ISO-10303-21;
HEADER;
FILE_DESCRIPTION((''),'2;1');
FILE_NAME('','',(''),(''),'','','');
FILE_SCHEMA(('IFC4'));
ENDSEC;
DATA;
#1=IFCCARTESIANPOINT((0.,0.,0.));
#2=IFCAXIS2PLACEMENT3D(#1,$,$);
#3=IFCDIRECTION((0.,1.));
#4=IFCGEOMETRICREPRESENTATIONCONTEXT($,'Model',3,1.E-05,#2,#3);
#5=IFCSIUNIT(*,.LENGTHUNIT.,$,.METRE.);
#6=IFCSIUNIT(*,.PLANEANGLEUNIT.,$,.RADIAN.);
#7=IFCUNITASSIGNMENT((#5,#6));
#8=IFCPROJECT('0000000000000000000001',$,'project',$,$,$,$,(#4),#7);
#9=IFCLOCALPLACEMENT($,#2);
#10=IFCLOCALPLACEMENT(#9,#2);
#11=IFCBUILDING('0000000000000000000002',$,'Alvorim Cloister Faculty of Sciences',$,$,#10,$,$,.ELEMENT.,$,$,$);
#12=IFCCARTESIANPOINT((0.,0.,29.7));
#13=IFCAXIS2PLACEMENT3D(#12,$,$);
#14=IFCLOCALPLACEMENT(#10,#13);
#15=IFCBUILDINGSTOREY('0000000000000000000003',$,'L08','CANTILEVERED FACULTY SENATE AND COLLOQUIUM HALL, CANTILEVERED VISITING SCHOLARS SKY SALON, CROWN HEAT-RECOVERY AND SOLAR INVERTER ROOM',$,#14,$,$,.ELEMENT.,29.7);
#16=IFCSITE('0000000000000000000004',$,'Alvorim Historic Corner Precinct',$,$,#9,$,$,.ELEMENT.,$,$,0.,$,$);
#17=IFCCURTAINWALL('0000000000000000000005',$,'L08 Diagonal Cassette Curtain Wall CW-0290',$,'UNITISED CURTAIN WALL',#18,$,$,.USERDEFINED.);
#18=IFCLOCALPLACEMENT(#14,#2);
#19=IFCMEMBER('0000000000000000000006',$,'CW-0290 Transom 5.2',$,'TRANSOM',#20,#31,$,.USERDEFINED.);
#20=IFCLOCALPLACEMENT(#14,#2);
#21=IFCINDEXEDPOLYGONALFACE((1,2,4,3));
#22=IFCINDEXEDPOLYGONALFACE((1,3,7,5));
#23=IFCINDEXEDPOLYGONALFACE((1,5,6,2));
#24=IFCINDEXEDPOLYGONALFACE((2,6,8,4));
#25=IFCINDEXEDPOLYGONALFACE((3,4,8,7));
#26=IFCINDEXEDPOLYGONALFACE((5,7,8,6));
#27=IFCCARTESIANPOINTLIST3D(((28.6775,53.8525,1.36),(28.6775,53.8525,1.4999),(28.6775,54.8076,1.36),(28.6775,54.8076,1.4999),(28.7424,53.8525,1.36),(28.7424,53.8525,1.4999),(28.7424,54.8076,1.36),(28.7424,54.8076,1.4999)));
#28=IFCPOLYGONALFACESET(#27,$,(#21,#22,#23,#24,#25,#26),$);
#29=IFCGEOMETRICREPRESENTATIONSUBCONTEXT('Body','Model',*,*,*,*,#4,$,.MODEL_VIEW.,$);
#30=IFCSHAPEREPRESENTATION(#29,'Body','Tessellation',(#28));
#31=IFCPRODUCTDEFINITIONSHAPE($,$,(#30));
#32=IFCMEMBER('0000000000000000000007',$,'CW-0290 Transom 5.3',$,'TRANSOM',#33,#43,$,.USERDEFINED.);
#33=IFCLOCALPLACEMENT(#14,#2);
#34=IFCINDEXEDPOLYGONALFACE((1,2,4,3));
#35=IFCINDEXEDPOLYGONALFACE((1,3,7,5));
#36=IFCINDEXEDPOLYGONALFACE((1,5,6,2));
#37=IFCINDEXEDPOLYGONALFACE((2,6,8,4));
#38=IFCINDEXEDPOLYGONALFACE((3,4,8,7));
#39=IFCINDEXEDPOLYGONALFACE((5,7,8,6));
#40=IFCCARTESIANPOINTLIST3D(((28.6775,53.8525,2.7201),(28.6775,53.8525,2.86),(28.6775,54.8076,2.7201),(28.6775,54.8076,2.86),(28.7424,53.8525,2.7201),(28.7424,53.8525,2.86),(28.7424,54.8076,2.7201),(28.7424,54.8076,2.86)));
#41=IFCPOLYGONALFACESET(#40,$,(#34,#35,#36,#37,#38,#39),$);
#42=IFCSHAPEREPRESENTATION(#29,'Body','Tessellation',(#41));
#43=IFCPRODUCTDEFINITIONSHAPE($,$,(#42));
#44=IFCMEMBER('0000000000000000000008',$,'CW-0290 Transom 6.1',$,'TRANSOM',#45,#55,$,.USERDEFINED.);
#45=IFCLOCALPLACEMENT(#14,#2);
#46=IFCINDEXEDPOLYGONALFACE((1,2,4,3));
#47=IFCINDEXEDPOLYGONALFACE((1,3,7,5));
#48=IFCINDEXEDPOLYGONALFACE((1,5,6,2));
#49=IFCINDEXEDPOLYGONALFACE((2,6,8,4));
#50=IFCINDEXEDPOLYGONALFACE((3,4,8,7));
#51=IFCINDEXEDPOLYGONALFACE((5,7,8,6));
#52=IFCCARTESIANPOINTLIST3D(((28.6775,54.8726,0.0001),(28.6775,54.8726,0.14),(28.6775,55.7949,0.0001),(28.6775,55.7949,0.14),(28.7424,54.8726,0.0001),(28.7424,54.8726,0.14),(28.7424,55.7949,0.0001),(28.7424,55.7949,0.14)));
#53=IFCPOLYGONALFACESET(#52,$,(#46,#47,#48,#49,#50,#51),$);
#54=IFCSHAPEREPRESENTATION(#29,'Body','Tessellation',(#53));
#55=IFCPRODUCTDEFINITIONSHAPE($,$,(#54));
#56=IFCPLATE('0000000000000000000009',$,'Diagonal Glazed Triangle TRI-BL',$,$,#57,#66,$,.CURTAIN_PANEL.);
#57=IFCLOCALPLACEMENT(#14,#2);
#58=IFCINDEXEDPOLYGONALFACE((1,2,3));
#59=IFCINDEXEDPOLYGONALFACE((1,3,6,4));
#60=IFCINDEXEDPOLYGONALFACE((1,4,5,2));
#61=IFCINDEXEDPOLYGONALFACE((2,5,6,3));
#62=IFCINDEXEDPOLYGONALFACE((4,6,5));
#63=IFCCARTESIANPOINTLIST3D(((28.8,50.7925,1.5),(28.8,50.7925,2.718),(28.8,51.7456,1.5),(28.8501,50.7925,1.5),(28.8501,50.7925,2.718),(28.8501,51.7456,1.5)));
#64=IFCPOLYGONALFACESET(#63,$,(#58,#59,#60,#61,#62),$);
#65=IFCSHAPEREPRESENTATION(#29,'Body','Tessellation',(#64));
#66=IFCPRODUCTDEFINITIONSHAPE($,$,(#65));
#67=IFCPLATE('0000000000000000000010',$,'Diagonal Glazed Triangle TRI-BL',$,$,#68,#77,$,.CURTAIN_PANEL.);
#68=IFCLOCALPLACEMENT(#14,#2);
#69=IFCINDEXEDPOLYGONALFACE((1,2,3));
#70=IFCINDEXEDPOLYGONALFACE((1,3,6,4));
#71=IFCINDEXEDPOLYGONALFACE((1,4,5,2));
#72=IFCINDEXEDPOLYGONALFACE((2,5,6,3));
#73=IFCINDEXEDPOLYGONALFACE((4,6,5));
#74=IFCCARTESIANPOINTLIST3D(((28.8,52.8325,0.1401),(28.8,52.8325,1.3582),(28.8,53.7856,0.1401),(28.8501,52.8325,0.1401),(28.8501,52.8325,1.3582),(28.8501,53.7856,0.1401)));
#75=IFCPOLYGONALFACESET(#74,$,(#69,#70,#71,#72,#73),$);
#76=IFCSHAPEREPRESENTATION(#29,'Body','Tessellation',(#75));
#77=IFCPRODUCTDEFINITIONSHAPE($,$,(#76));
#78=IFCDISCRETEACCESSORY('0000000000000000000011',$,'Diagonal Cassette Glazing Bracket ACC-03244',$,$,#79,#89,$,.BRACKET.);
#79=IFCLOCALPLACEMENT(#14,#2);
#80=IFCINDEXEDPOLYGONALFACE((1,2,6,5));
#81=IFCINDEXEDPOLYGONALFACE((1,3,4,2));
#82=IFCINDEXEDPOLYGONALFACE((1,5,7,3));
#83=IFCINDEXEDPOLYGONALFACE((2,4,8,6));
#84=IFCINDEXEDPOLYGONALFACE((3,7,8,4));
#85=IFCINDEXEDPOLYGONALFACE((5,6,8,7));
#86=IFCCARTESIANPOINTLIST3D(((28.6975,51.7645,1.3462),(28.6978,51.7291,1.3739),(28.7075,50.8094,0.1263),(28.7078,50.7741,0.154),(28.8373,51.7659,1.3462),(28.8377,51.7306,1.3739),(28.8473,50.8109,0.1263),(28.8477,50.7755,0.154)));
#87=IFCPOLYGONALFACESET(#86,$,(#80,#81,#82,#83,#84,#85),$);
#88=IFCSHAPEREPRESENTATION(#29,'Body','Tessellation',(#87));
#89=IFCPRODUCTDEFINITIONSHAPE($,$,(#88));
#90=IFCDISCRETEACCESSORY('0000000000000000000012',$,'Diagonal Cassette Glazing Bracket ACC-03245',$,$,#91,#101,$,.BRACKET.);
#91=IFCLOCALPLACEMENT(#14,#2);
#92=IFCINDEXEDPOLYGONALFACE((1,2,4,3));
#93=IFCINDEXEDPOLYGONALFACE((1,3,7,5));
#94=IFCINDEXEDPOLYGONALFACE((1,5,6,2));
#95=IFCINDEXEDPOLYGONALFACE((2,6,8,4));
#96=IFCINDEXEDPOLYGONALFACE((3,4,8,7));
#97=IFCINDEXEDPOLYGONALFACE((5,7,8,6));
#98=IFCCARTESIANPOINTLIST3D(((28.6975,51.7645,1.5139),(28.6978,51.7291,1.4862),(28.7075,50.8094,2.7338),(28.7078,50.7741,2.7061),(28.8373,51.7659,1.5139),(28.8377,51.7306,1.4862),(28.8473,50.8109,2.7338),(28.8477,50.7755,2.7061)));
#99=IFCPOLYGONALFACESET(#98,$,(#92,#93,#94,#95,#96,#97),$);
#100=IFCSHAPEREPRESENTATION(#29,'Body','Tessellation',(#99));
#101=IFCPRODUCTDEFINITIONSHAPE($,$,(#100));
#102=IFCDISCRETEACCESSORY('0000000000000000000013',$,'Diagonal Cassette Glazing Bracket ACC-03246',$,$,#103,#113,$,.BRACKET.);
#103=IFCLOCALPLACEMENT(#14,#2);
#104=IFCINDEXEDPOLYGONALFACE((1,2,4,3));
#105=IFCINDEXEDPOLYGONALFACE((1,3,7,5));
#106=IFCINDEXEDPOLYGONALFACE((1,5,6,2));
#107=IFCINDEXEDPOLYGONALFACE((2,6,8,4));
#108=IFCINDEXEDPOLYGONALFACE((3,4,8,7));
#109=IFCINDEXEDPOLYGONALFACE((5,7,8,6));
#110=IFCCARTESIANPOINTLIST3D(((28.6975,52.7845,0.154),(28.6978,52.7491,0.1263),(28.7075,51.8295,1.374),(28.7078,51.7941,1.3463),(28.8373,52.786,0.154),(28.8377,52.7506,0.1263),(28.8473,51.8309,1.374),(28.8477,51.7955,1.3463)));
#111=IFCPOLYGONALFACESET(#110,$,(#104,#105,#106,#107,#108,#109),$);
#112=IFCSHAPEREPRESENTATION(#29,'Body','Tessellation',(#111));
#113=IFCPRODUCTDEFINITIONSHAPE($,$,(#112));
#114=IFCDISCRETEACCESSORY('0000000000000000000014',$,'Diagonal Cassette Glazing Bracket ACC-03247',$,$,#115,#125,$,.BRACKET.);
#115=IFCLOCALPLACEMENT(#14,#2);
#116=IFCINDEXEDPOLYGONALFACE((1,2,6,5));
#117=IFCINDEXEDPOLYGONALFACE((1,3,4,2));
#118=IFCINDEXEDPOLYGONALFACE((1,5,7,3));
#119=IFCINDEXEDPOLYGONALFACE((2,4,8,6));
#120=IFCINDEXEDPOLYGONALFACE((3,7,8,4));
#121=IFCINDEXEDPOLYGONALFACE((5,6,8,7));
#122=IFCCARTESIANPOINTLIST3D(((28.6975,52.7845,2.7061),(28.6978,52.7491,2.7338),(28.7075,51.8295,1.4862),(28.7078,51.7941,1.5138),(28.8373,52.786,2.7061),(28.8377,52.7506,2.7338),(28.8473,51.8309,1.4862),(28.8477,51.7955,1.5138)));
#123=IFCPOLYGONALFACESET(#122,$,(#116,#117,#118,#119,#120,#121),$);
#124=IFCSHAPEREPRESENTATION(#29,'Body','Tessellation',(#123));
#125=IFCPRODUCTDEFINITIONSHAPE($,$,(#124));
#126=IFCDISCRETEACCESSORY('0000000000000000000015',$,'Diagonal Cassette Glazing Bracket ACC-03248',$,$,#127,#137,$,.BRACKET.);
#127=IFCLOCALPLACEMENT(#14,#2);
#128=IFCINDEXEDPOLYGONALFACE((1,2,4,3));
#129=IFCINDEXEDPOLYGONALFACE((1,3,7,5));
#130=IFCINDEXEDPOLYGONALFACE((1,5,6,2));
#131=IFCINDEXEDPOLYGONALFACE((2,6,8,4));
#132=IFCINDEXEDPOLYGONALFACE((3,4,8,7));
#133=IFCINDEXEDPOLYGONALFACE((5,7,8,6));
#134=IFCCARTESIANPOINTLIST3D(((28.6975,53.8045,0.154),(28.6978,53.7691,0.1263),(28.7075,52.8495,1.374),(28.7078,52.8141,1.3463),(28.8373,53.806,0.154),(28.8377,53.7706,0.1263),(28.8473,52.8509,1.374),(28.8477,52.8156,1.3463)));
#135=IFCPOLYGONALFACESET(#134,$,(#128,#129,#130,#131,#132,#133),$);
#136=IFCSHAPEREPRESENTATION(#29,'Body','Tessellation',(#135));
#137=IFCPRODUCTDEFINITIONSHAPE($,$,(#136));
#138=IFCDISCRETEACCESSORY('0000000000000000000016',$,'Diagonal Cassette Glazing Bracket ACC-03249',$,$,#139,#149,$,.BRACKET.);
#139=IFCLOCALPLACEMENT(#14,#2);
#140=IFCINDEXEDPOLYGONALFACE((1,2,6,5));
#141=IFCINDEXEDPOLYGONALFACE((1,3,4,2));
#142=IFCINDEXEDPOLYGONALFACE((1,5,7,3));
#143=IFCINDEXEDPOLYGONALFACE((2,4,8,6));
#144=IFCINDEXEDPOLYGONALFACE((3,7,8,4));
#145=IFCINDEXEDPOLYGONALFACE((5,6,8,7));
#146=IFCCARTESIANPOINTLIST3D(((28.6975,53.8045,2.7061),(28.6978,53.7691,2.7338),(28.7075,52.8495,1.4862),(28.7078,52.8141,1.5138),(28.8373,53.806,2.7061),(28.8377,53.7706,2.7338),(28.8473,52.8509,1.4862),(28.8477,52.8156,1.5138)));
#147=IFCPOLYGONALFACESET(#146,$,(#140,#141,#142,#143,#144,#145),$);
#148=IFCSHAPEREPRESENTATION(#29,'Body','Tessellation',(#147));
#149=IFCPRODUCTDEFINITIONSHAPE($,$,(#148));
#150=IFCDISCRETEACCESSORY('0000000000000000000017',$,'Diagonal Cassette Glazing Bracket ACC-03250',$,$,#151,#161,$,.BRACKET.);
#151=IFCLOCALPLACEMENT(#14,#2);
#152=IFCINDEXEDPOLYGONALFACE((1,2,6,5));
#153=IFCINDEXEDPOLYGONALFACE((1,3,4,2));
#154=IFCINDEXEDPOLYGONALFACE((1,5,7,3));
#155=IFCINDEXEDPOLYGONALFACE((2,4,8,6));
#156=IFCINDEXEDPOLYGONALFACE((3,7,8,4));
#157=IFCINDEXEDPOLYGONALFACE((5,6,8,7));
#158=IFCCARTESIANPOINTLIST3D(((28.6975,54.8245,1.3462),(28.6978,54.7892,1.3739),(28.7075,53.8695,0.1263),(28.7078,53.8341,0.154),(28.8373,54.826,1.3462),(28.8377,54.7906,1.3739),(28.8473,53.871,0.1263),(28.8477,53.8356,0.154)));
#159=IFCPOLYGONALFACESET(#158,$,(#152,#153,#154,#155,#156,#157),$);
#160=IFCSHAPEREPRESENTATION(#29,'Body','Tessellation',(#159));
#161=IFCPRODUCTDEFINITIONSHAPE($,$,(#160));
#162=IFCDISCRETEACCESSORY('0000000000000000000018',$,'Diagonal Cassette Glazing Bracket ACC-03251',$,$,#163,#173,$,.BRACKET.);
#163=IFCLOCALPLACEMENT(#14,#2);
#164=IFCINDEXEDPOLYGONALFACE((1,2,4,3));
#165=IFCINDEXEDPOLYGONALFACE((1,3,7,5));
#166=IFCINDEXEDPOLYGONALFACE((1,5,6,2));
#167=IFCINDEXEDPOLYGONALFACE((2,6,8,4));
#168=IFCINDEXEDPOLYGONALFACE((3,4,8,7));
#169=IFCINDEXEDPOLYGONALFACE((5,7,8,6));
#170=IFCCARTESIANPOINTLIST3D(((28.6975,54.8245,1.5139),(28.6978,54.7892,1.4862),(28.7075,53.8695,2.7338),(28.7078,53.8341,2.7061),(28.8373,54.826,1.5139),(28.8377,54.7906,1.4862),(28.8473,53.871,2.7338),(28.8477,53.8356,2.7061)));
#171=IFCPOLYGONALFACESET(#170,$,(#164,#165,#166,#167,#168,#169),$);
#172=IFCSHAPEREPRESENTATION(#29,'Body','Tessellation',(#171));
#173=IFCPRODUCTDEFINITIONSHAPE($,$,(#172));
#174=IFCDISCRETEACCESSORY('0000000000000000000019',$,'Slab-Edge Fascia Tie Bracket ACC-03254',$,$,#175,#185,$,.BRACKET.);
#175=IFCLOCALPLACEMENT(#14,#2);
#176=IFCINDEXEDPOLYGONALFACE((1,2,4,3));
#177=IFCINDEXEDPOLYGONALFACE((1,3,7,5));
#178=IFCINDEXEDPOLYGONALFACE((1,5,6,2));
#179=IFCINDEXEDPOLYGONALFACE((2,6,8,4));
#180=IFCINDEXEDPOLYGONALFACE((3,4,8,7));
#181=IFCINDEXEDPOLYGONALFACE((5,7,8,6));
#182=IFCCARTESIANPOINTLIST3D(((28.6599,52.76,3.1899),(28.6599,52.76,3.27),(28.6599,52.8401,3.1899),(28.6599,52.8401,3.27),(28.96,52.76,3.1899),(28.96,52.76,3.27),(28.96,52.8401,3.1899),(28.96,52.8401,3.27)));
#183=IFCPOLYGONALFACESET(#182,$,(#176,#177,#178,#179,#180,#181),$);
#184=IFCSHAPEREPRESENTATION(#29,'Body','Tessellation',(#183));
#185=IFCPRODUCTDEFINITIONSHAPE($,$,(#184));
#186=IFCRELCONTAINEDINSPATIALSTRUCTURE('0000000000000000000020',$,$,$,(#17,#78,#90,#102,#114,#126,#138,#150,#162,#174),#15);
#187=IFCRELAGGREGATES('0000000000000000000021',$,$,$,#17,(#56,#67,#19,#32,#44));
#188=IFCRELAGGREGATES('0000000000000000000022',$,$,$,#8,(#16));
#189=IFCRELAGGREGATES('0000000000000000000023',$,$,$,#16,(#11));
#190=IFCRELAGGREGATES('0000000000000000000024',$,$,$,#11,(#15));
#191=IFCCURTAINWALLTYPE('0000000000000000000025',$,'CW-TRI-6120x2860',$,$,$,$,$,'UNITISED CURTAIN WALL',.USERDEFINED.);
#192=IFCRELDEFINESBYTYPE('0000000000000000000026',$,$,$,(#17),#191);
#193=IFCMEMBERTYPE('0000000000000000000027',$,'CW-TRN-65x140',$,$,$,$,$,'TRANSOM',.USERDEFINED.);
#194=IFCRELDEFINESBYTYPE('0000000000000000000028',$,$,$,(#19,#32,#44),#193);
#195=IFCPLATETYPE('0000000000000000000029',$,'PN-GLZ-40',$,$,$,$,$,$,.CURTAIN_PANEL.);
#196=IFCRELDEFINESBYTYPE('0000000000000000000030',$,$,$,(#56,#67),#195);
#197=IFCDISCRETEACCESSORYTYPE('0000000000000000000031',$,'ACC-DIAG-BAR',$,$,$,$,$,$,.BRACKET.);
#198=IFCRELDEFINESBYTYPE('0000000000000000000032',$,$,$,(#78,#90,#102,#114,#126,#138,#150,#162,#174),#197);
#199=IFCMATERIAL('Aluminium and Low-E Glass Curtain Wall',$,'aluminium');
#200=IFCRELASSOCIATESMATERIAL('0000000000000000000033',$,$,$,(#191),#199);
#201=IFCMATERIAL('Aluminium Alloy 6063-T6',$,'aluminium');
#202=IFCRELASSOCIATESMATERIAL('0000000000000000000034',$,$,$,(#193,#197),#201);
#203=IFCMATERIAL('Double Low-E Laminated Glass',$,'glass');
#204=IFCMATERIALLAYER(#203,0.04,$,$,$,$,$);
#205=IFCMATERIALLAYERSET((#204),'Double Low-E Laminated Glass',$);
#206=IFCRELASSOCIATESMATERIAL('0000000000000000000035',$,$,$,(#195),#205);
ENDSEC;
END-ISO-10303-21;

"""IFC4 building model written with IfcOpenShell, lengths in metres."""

from ifc_helpers import new_model, si_unit, direction, frame, origin, origin_2d, place, context, subcontext, project, spatial, polyline, rectangle, outline, extrude, material, layer, layer_set, material_profile, profile_set, type_object, element, aggregate, save


model = new_model("IFC4")

# Units and contexts
model_context = context("Model", 3, precision=1e-05, world=origin(), true_north=direction((0.0, 1.0)))
body_context = subcontext(model_context, "Body", "Model", "MODEL_VIEW")
ifc_project = project(units=[si_unit("LENGTHUNIT", "METRE"), si_unit("PLANEANGLEUNIT", "RADIAN")], contexts=[model_context])

# Site, building, storey
site_placement = place(None, origin())
site = spatial("IfcSite", under=ifc_project, at=site_placement, Name="Alvorim Historic Corner Precinct", CompositionType="ELEMENT", RefElevation=0.0)
building_placement = place(site_placement, origin())
building = spatial("IfcBuilding", under=site, at=building_placement, Name="Alvorim Cloister Faculty of Sciences", CompositionType="ELEMENT")
storey_placement = place(building_placement, frame((0.0, 0.0, 29.7)))
storey = spatial("IfcBuildingStorey", under=building, at=storey_placement, Name="L08", Description="CANTILEVERED FACULTY SENATE AND COLLOQUIUM HALL, CANTILEVERED VISITING SCHOLARS SKY SALON, CROWN HEAT-RECOVERY AND SOLAR INVERTER ROOM", CompositionType="ELEMENT", Elevation=29.7)

# Curtain wall, members, plates
ifc_material_1 = material(Name="Aluminium and Low-E Glass Curtain Wall", Category="aluminium")
curtain_wall_type = type_object("IfcCurtainWallType", Name="CW-TRI-6120x2860", ElementType="UNITISED CURTAIN WALL", PredefinedType="USERDEFINED", material=ifc_material_1)
curtain_wall_placement = place(storey_placement, origin())
curtain_wall = element("IfcCurtainWall", 1, at=curtain_wall_placement, inside=storey, type_object=curtain_wall_type, Name="L08 Diagonal Cassette Curtain Wall CW-0290", ObjectType="UNITISED CURTAIN WALL", PredefinedType="USERDEFINED")
ifc_material_2 = material(Name="Aluminium Alloy 6063-T6", Category="aluminium")
ifc_material_profile_1 = material_profile(ifc_material_2, rectangle(XDim=0.0649, YDim=0.1399, at=origin_2d()), Name="ALU-TRN-65x140")
ifc_profile_set_1 = profile_set([ifc_material_profile_1], Name="Aluminium Alloy 6063-T6")
member_type_1 = type_object("IfcMemberType", Name="CW-TRN-65x140", ElementType="TRANSOM", PredefinedType="USERDEFINED", material=ifc_profile_set_1)
member_1_placement = place(storey_placement, frame((28.71, 53.8525, 1.4299), z_axis=(0.0, 1.0, 0.0), x_axis=(-1.0, 0.0, 0.0)))
member_1 = element("IfcMember", 2, at=member_1_placement, type_object=member_type_1, Name="CW-0290 Transom 5.2", ObjectType="TRANSOM", PredefinedType="USERDEFINED", context=body_context, shape_type="SweptSolid", body=[
    extrude(rectangle(XDim=0.0649, YDim=0.1399, at=origin_2d()), origin(), (0.0, 0.0, 1.0), 0.9551),
])
member_2_placement = place(storey_placement, frame((28.71, 53.8525, 2.79), z_axis=(0.0, 1.0, 0.0), x_axis=(-1.0, 0.0, 0.0)))
member_2 = element("IfcMember", 3, at=member_2_placement, type_object=member_type_1, Name="CW-0290 Transom 5.3", ObjectType="TRANSOM", PredefinedType="USERDEFINED", context=body_context, shape_type="SweptSolid", body=[
    extrude(rectangle(XDim=0.0649, YDim=0.1399, at=origin_2d()), origin(), (0.0, 0.0, 1.0), 0.9551),
])
member_3_placement = place(storey_placement, frame((28.71, 54.8726, 0.0701), z_axis=(0.0, 1.0, 0.0), x_axis=(-1.0, 0.0, 0.0)))
member_3 = element("IfcMember", 4, at=member_3_placement, type_object=member_type_1, Name="CW-0290 Transom 6.1", ObjectType="TRANSOM", PredefinedType="USERDEFINED", context=body_context, shape_type="SweptSolid", body=[
    extrude(rectangle(XDim=0.0649, YDim=0.1399, at=origin_2d()), origin(), (0.0, 0.0, 1.0), 0.9224),
])
ifc_material_3 = material(Name="Double Low-E Laminated Glass", Category="glass")
ifc_layer = layer(ifc_material_3, 0.04)
ifc_layer_set = layer_set([ifc_layer], Name="Double Low-E Laminated Glass")
plate_type = type_object("IfcPlateType", Name="PN-GLZ-40", PredefinedType="CURTAIN_PANEL", material=ifc_layer_set)
plate_1_placement = place(storey_placement, frame((28.825, 50.7925, 1.5), z_axis=(0.0, 0.0, 1.0), x_axis=(0.0, 1.0, 0.0)))
plate_1 = element("IfcPlate", 5, at=plate_1_placement, type_object=plate_type, Name="Diagonal Glazed Triangle TRI-BL", PredefinedType="CURTAIN_PANEL", context=body_context, shape_type="SweptSolid", body=[
    extrude(outline(polyline([(0.0, 0.0), (0.9531, 0.0), (0.0, 1.218), (0.0, 0.0)])), frame((0.0, 0.0249, 0.0), z_axis=(0.0, -1.0, 0.0), x_axis=(1.0, 0.0, 0.0)), (0.0, 0.0, 1.0), 0.05),
])
plate_2_placement = place(storey_placement, frame((28.825, 52.8325, 0.1401), z_axis=(0.0, 0.0, 1.0), x_axis=(0.0, 1.0, 0.0)))
plate_2 = element("IfcPlate", 6, at=plate_2_placement, type_object=plate_type, Name="Diagonal Glazed Triangle TRI-BL", PredefinedType="CURTAIN_PANEL", context=body_context, shape_type="SweptSolid", body=[
    extrude(outline(polyline([(0.0, 0.0), (0.9531, 0.0), (0.0, 1.218), (0.0, 0.0)])), frame((0.0, 0.0249, 0.0), z_axis=(0.0, -1.0, 0.0), x_axis=(1.0, 0.0, 0.0)), (0.0, 0.0, 1.0), 0.05),
])
aggregate(curtain_wall, [plate_1, plate_2, member_1, member_2, member_3])

# Discrete accessories
discrete_accessory_type = type_object("IfcDiscreteAccessoryType", Name="ACC-DIAG-BAR", PredefinedType="BRACKET", material=ifc_material_2)
for number, where, z_axis, x_axis, name in (
    (7, (28.7776, 50.7925, 0.1401), (-0.00646, 0.616423, 0.787389), (-0.999945, -0.01048, 0.0), "Diagonal Cassette Glazing Bracket ACC-03244"),
    (8, (28.7776, 50.7925, 2.72), (-0.00646, 0.616423, -0.787389), (-0.999945, -0.01048, 0.0), "Diagonal Cassette Glazing Bracket ACC-03245"),
    (9, (28.7776, 51.8125, 1.3601), (-0.00646, 0.616423, -0.787389), (-0.999945, -0.01048, 0.0), "Diagonal Cassette Glazing Bracket ACC-03246"),
    (10, (28.7776, 51.8125, 1.5), (-0.00646, 0.616423, 0.787389), (-0.999945, -0.01048, 0.0), "Diagonal Cassette Glazing Bracket ACC-03247"),
    (11, (28.7776, 52.8325, 1.3601), (-0.00646, 0.616423, -0.787389), (-0.999945, -0.01048, 0.0), "Diagonal Cassette Glazing Bracket ACC-03248"),
    (12, (28.7776, 52.8325, 1.5), (-0.00646, 0.616423, 0.787389), (-0.999945, -0.01048, 0.0), "Diagonal Cassette Glazing Bracket ACC-03249"),
    (13, (28.7776, 53.8525, 0.1401), (-0.00646, 0.616423, 0.787389), (-0.999945, -0.01048, 0.0), "Diagonal Cassette Glazing Bracket ACC-03250"),
    (14, (28.7776, 53.8525, 2.72), (-0.00646, 0.616423, -0.787389), (-0.999945, -0.01048, 0.0), "Diagonal Cassette Glazing Bracket ACC-03251"),
):
    element("IfcDiscreteAccessory", number, at=place(storey_placement, frame(where, z_axis=z_axis, x_axis=x_axis)), inside=storey, type_object=discrete_accessory_type, Name=name, PredefinedType="BRACKET", context=body_context, shape_type="SweptSolid", body=[
        extrude(rectangle(XDim=0.1399, YDim=0.0449, at=origin_2d()), origin(), (0.0, 0.0, 1.0), 1.5493),
    ])
discrete_accessory_placement = place(storey_placement, frame((28.6599, 52.8, 3.23), z_axis=(1.0, 0.0, 0.0), x_axis=(0.0, 1.0, 0.0)))
element("IfcDiscreteAccessory", 15, at=discrete_accessory_placement, inside=storey, type_object=discrete_accessory_type, Name="Slab-Edge Fascia Tie Bracket ACC-03254", PredefinedType="BRACKET", context=body_context, shape_type="SweptSolid", body=[
    extrude(rectangle(XDim=0.0801, YDim=0.0801, at=origin_2d()), origin(), (0.0, 0.0, 1.0), 0.3),
])

save(model, "model.ifc")
